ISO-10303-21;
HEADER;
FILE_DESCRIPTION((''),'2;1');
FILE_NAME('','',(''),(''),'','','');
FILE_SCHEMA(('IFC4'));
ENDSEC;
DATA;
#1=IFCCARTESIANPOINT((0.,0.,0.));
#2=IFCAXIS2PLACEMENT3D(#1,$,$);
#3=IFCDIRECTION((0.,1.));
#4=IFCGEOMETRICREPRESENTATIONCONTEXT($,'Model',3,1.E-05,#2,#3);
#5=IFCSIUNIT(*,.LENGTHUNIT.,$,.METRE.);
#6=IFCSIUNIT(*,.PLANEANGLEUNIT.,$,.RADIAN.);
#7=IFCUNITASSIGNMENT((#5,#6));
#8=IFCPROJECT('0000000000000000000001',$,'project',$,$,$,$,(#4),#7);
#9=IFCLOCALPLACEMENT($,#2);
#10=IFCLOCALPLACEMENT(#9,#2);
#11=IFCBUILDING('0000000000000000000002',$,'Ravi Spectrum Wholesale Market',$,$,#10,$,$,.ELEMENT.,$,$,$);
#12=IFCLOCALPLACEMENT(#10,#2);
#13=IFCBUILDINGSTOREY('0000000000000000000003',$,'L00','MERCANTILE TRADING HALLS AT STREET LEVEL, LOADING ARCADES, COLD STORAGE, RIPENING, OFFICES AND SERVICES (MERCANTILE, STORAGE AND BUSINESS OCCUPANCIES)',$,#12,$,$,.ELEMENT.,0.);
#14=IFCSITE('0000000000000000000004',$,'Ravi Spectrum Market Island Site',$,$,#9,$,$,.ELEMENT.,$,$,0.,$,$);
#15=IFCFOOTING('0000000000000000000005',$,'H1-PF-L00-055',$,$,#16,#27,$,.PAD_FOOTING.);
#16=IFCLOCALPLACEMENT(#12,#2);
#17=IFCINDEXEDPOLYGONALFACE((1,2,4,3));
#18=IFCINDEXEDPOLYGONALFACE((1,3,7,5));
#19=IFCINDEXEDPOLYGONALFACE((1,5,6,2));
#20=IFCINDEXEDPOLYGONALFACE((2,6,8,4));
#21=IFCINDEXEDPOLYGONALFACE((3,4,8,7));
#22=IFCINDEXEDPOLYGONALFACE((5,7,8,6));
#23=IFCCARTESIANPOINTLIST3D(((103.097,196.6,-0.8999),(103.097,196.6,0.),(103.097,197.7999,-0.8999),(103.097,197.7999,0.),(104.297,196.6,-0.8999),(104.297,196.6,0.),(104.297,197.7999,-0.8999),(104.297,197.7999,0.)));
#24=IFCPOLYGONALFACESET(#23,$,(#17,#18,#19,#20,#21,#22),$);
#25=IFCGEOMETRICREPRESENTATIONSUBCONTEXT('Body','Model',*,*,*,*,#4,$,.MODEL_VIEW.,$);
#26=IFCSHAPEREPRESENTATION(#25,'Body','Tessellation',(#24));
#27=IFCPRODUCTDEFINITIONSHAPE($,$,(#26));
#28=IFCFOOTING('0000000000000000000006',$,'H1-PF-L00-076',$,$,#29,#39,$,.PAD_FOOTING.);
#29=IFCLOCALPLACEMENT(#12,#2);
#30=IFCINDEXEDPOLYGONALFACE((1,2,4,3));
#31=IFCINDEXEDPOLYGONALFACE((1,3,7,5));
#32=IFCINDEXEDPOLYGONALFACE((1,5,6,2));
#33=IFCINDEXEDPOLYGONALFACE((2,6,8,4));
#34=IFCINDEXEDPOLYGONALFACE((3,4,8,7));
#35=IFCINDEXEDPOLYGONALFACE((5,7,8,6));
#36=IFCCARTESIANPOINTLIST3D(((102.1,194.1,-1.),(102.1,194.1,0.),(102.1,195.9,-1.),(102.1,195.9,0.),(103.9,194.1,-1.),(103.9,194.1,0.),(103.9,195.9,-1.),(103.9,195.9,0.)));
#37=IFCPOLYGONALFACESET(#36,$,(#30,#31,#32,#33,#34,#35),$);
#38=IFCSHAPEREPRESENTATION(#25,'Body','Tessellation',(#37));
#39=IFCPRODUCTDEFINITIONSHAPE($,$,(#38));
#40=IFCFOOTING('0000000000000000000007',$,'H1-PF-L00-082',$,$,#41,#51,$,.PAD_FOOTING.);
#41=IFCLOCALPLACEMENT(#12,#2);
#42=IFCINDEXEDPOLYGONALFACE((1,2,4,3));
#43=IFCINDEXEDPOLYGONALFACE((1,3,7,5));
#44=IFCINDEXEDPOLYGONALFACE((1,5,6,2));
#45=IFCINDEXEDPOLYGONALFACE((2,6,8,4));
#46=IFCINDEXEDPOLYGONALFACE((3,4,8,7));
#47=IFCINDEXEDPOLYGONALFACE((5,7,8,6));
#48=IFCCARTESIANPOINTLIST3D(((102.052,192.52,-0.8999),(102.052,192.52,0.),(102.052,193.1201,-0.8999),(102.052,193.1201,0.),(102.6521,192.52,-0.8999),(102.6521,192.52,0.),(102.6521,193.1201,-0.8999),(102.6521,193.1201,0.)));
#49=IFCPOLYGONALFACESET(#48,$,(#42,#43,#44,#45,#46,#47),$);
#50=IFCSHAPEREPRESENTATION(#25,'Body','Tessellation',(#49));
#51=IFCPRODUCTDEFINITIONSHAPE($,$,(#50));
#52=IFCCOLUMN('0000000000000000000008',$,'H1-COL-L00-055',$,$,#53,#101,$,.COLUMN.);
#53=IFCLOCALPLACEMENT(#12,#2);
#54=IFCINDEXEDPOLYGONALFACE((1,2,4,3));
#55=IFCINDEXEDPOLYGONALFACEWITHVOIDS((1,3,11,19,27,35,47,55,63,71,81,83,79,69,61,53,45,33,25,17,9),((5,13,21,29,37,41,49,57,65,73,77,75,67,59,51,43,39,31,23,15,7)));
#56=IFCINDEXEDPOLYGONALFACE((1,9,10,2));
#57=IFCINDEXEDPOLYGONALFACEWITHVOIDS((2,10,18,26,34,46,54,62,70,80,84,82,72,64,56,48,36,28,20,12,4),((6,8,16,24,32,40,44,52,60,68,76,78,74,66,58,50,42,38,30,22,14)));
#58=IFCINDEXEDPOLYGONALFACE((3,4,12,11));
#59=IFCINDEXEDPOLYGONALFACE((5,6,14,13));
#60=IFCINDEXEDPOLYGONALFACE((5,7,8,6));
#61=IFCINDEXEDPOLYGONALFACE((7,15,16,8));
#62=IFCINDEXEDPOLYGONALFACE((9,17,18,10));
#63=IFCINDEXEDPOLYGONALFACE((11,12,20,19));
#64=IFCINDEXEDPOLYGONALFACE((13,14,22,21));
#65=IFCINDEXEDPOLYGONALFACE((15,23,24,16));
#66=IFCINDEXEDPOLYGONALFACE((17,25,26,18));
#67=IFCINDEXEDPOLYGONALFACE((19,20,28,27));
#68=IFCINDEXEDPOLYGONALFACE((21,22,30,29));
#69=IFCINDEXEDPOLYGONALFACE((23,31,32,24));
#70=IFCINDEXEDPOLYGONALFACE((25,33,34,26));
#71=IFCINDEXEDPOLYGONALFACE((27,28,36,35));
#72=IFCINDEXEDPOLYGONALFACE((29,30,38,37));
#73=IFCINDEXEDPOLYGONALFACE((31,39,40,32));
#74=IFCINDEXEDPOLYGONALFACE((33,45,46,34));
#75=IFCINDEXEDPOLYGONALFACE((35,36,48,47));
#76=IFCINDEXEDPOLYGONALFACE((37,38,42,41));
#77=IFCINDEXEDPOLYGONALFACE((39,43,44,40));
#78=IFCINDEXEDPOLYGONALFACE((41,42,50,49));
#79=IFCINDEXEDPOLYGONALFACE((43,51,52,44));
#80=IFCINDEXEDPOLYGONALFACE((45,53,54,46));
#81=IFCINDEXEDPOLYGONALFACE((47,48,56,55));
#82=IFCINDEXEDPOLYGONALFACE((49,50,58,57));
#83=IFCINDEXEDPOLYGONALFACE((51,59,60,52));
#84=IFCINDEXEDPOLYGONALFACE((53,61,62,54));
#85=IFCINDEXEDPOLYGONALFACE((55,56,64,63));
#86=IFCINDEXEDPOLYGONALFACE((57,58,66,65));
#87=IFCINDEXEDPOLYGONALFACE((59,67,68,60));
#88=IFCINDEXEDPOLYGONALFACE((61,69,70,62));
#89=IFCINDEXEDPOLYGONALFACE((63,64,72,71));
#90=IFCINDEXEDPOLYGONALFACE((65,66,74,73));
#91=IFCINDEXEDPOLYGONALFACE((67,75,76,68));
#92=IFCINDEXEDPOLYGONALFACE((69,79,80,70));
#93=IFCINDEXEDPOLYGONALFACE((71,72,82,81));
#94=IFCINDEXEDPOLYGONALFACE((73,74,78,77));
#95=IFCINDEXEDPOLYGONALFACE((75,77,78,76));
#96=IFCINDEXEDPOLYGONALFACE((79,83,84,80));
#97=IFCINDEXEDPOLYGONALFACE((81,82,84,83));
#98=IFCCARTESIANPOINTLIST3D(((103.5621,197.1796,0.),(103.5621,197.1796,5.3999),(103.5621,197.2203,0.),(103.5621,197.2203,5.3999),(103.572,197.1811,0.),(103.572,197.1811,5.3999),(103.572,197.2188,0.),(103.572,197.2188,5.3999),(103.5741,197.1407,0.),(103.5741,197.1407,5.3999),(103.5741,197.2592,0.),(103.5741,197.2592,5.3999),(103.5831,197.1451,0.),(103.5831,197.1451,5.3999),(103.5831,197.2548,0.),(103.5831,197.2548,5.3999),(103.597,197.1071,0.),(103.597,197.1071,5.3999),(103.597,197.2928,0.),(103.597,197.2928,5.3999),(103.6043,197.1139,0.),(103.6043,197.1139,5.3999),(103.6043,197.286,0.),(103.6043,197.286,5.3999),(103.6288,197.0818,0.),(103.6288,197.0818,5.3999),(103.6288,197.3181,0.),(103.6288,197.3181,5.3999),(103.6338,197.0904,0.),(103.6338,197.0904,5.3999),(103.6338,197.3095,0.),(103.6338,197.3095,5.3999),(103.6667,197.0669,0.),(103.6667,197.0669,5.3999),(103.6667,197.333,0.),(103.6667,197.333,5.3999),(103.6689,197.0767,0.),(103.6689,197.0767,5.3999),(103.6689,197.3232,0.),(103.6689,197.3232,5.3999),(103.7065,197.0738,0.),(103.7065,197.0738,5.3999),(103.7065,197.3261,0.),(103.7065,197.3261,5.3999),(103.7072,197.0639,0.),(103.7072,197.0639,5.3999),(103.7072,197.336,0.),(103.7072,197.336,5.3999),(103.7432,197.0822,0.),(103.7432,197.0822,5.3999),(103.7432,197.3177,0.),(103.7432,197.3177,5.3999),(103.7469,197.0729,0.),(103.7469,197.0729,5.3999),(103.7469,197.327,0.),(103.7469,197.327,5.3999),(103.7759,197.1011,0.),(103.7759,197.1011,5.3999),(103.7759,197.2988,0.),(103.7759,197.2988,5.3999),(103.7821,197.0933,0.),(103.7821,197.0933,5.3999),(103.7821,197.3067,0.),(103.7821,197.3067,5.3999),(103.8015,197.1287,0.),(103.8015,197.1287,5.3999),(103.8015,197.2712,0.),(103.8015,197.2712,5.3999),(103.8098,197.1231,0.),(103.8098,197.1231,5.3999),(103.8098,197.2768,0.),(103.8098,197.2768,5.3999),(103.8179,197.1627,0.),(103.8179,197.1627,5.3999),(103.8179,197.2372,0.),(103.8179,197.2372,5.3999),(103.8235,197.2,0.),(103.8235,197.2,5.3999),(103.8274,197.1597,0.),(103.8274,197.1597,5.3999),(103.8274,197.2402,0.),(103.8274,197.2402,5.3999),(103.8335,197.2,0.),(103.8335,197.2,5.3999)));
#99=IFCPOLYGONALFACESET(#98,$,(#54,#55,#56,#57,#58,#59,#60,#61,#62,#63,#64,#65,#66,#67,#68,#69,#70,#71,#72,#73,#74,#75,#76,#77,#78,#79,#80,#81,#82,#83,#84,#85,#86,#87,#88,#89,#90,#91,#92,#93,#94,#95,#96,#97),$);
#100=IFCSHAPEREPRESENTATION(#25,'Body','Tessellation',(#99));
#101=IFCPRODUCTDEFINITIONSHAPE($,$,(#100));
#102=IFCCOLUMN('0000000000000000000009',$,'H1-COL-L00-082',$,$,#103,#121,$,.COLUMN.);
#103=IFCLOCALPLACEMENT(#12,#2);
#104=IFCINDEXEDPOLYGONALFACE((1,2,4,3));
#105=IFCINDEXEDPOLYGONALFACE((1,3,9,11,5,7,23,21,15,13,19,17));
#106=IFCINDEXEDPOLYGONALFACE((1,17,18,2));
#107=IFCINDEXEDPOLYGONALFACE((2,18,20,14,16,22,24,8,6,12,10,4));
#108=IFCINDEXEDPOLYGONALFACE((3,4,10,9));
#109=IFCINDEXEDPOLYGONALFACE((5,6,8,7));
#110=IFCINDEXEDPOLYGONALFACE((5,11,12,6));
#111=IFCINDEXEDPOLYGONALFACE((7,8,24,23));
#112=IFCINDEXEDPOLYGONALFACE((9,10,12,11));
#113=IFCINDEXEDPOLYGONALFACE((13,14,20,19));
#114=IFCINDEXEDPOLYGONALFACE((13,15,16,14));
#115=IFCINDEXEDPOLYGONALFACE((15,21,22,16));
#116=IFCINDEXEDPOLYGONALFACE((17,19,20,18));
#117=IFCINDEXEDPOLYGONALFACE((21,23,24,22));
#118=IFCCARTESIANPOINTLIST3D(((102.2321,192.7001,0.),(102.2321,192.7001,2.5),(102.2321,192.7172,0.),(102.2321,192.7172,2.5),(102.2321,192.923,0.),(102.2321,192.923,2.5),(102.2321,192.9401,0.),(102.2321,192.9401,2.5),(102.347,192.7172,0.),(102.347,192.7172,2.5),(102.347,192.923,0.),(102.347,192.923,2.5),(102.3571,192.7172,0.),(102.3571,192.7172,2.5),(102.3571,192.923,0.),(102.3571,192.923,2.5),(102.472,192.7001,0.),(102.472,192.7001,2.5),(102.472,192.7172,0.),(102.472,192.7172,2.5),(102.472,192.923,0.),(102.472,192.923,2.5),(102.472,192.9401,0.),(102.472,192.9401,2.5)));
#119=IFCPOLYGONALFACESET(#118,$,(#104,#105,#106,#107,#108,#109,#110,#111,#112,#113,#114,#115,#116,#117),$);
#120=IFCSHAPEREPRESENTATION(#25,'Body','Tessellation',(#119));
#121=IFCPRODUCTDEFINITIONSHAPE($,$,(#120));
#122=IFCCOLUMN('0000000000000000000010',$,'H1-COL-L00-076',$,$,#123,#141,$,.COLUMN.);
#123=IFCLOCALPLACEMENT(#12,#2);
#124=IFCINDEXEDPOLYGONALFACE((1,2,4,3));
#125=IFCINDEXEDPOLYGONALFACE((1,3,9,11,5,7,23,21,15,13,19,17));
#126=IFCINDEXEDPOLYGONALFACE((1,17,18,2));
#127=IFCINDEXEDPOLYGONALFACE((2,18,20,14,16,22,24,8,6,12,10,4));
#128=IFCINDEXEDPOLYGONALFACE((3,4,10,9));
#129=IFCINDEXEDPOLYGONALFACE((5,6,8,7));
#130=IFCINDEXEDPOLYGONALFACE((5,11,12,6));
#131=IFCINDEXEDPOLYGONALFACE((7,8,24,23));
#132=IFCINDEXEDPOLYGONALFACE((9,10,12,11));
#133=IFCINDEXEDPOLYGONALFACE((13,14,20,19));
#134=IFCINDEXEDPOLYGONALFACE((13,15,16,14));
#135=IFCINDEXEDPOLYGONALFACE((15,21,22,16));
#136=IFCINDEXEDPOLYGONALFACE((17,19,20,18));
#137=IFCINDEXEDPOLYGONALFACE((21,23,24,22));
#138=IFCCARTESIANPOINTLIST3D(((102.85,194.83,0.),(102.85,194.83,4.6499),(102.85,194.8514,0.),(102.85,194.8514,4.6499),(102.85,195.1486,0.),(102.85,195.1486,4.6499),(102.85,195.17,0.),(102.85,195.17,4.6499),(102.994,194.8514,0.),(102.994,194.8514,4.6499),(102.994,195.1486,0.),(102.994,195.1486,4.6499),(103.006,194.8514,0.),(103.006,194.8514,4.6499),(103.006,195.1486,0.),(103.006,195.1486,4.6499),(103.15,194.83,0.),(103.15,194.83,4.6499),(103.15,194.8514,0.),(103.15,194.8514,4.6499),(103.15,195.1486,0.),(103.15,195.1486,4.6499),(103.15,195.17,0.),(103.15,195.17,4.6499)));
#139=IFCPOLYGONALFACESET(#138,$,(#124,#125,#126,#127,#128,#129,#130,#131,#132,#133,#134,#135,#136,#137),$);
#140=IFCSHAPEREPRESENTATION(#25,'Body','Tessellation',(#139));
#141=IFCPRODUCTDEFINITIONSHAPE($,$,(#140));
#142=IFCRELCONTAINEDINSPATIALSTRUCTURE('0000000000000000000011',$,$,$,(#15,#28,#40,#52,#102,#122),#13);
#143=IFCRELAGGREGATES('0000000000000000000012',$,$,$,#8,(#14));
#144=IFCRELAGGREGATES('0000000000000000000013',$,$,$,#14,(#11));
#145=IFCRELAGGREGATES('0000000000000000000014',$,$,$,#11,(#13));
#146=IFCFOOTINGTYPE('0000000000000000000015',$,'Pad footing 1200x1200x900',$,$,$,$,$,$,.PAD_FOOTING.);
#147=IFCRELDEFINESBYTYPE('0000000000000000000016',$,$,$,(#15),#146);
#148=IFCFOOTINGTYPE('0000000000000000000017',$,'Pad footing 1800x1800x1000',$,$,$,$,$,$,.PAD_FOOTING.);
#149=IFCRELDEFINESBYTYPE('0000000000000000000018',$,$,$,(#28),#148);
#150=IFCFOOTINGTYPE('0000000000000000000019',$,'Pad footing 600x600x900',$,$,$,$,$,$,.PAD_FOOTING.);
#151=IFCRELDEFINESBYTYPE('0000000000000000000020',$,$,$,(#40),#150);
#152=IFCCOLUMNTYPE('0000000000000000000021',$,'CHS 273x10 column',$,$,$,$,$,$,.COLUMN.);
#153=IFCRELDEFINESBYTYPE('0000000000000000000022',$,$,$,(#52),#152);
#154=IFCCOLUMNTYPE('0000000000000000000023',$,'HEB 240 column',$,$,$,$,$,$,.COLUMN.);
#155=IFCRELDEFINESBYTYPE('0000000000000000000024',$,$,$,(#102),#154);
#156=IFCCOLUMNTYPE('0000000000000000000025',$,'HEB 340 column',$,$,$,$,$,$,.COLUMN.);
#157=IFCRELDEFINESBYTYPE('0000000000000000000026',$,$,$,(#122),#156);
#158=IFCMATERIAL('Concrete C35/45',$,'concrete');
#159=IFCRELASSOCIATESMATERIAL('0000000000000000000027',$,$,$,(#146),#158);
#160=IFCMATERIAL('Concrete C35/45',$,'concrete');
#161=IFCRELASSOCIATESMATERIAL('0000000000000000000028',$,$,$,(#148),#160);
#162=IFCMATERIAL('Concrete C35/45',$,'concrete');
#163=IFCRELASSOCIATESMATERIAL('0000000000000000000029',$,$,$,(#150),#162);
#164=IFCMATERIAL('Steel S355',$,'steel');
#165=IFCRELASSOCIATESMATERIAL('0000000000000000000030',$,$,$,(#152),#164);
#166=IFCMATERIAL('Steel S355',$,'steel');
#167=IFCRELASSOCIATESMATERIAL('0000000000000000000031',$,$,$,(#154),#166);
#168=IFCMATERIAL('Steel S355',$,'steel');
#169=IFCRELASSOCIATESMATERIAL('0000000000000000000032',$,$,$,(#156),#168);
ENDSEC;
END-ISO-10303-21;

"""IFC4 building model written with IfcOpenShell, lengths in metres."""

from ifc_helpers import new_model, si_unit, direction, frame, origin, origin_2d, place, context, subcontext, project, spatial, rectangle, hollow_circle, i_section, extrude, material, material_profile, profile_set, type_object, element, save


model = new_model("IFC4")

# Units and contexts
model_context = context("Model", 3, precision=1e-05, world=origin(), true_north=direction((0.0, 1.0)))
body_context = subcontext(model_context, "Body", "Model", "MODEL_VIEW")
ifc_project = project(units=[si_unit("LENGTHUNIT", "METRE"), si_unit("PLANEANGLEUNIT", "RADIAN")], contexts=[model_context])

# Site, building, storey
site_placement = place(None, origin())
site = spatial("IfcSite", under=ifc_project, at=site_placement, Name="Ravi Spectrum Market Island Site", CompositionType="ELEMENT", RefElevation=0.0)
building_placement = place(site_placement, origin())
building = spatial("IfcBuilding", under=site, at=building_placement, Name="Ravi Spectrum Wholesale Market", CompositionType="ELEMENT")
storey_placement = place(building_placement, origin())
storey = spatial("IfcBuildingStorey", under=building, at=storey_placement, Name="L00", Description="MERCANTILE TRADING HALLS AT STREET LEVEL, LOADING ARCADES, COLD STORAGE, RIPENING, OFFICES AND SERVICES (MERCANTILE, STORAGE AND BUSINESS OCCUPANCIES)", CompositionType="ELEMENT", Elevation=0.0)

# Footings
ifc_material_1 = material(Name="Concrete C35/45", Category="concrete")
footing_type_1 = type_object("IfcFootingType", Name="Pad footing 1200x1200x900", PredefinedType="PAD_FOOTING", material=ifc_material_1)
footing_1_placement = place(storey_placement, frame((103.697, 197.2, -0.8999), z_axis=(0.0, 0.0, 1.0), x_axis=(1.0, 0.0, 0.0)))
element("IfcFooting", 1, at=footing_1_placement, inside=storey, type_object=footing_type_1, Name="H1-PF-L00-055", PredefinedType="PAD_FOOTING", context=body_context, shape_type="SweptSolid", body=[
    extrude(rectangle(XDim=1.2, YDim=1.2, at=origin_2d()), origin(), (0.0, 0.0, 1.0), 0.8999),
])
ifc_material_2 = material(Name="Concrete C35/45", Category="concrete")
footing_type_2 = type_object("IfcFootingType", Name="Pad footing 1800x1800x1000", PredefinedType="PAD_FOOTING", material=ifc_material_2)
footing_2_placement = place(storey_placement, frame((103.0, 195.0, -1.0), z_axis=(0.0, 0.0, 1.0), x_axis=(1.0, 0.0, 0.0)))
element("IfcFooting", 2, at=footing_2_placement, inside=storey, type_object=footing_type_2, Name="H1-PF-L00-076", PredefinedType="PAD_FOOTING", context=body_context, shape_type="SweptSolid", body=[
    extrude(rectangle(XDim=1.8, YDim=1.8, at=origin_2d()), origin(), (0.0, 0.0, 1.0), 1.0),
])
ifc_material_3 = material(Name="Concrete C35/45", Category="concrete")
footing_type_3 = type_object("IfcFootingType", Name="Pad footing 600x600x900", PredefinedType="PAD_FOOTING", material=ifc_material_3)
footing_3_placement = place(storey_placement, frame((102.3521, 192.8201, -0.8999), z_axis=(0.0, 0.0, 1.0), x_axis=(1.0, 0.0, 0.0)))
element("IfcFooting", 3, at=footing_3_placement, inside=storey, type_object=footing_type_3, Name="H1-PF-L00-082", PredefinedType="PAD_FOOTING", context=body_context, shape_type="SweptSolid", body=[
    extrude(rectangle(XDim=0.6001, YDim=0.6001, at=origin_2d()), origin(), (0.0, 0.0, 1.0), 0.8999),
])

# Columns
ifc_material_4 = material(Name="Steel S355", Category="steel")
ifc_material_profile_1 = material_profile(ifc_material_4, hollow_circle(Radius=0.1365, WallThickness=0.01, at=origin_2d()))
ifc_profile_set_1 = profile_set([ifc_material_profile_1], Name="Steel S355")
column_type_1 = type_object("IfcColumnType", Name="CHS 273x10 column", PredefinedType="COLUMN", material=ifc_profile_set_1)
column_1_placement = place(storey_placement, frame((103.697, 197.2, 0.0), z_axis=(0.0, 0.0, 1.0), x_axis=(1.0, 0.0, 0.0)))
element("IfcColumn", 4, at=column_1_placement, inside=storey, type_object=column_type_1, Name="H1-COL-L00-055", PredefinedType="COLUMN", context=body_context, shape_type="SweptSolid", body=[
    extrude(hollow_circle(Radius=0.1365, WallThickness=0.01, at=origin_2d()), origin(), (0.0, 0.0, 1.0), 5.3999),
])
ifc_material_5 = material(Name="Steel S355", Category="steel")
ifc_material_profile_2 = material_profile(ifc_material_5, i_section(OverallWidth=0.24, OverallDepth=0.24, WebThickness=0.01, FlangeThickness=0.0171, at=origin_2d()))
ifc_profile_set_2 = profile_set([ifc_material_profile_2], Name="Steel S355")
column_type_2 = type_object("IfcColumnType", Name="HEB 240 column", PredefinedType="COLUMN", material=ifc_profile_set_2)
column_2_placement = place(storey_placement, frame((102.3521, 192.8201, 0.0), z_axis=(0.0, 0.0, 1.0), x_axis=(1.0, 0.0, 0.0)))
element("IfcColumn", 5, at=column_2_placement, inside=storey, type_object=column_type_2, Name="H1-COL-L00-082", PredefinedType="COLUMN", context=body_context, shape_type="SweptSolid", body=[
    extrude(i_section(OverallWidth=0.24, OverallDepth=0.24, WebThickness=0.01, FlangeThickness=0.0171, at=origin_2d()), origin(), (0.0, 0.0, 1.0), 2.5),
])
ifc_material_6 = material(Name="Steel S355", Category="steel")
ifc_material_profile_3 = material_profile(ifc_material_6, i_section(OverallWidth=0.3, OverallDepth=0.3401, WebThickness=0.012, FlangeThickness=0.0215, at=origin_2d()))
ifc_profile_set_3 = profile_set([ifc_material_profile_3], Name="Steel S355")
column_type_3 = type_object("IfcColumnType", Name="HEB 340 column", PredefinedType="COLUMN", material=ifc_profile_set_3)
column_3_placement = place(storey_placement, frame((103.0, 195.0, 0.0), z_axis=(0.0, 0.0, 1.0), x_axis=(1.0, 0.0, 0.0)))
element("IfcColumn", 6, at=column_3_placement, inside=storey, type_object=column_type_3, Name="H1-COL-L00-076", PredefinedType="COLUMN", context=body_context, shape_type="SweptSolid", body=[
    extrude(i_section(OverallWidth=0.3, OverallDepth=0.3401, WebThickness=0.012, FlangeThickness=0.0215, at=origin_2d()), origin(), (0.0, 0.0, 1.0), 4.6499),
])

save(model, "model.ifc")
